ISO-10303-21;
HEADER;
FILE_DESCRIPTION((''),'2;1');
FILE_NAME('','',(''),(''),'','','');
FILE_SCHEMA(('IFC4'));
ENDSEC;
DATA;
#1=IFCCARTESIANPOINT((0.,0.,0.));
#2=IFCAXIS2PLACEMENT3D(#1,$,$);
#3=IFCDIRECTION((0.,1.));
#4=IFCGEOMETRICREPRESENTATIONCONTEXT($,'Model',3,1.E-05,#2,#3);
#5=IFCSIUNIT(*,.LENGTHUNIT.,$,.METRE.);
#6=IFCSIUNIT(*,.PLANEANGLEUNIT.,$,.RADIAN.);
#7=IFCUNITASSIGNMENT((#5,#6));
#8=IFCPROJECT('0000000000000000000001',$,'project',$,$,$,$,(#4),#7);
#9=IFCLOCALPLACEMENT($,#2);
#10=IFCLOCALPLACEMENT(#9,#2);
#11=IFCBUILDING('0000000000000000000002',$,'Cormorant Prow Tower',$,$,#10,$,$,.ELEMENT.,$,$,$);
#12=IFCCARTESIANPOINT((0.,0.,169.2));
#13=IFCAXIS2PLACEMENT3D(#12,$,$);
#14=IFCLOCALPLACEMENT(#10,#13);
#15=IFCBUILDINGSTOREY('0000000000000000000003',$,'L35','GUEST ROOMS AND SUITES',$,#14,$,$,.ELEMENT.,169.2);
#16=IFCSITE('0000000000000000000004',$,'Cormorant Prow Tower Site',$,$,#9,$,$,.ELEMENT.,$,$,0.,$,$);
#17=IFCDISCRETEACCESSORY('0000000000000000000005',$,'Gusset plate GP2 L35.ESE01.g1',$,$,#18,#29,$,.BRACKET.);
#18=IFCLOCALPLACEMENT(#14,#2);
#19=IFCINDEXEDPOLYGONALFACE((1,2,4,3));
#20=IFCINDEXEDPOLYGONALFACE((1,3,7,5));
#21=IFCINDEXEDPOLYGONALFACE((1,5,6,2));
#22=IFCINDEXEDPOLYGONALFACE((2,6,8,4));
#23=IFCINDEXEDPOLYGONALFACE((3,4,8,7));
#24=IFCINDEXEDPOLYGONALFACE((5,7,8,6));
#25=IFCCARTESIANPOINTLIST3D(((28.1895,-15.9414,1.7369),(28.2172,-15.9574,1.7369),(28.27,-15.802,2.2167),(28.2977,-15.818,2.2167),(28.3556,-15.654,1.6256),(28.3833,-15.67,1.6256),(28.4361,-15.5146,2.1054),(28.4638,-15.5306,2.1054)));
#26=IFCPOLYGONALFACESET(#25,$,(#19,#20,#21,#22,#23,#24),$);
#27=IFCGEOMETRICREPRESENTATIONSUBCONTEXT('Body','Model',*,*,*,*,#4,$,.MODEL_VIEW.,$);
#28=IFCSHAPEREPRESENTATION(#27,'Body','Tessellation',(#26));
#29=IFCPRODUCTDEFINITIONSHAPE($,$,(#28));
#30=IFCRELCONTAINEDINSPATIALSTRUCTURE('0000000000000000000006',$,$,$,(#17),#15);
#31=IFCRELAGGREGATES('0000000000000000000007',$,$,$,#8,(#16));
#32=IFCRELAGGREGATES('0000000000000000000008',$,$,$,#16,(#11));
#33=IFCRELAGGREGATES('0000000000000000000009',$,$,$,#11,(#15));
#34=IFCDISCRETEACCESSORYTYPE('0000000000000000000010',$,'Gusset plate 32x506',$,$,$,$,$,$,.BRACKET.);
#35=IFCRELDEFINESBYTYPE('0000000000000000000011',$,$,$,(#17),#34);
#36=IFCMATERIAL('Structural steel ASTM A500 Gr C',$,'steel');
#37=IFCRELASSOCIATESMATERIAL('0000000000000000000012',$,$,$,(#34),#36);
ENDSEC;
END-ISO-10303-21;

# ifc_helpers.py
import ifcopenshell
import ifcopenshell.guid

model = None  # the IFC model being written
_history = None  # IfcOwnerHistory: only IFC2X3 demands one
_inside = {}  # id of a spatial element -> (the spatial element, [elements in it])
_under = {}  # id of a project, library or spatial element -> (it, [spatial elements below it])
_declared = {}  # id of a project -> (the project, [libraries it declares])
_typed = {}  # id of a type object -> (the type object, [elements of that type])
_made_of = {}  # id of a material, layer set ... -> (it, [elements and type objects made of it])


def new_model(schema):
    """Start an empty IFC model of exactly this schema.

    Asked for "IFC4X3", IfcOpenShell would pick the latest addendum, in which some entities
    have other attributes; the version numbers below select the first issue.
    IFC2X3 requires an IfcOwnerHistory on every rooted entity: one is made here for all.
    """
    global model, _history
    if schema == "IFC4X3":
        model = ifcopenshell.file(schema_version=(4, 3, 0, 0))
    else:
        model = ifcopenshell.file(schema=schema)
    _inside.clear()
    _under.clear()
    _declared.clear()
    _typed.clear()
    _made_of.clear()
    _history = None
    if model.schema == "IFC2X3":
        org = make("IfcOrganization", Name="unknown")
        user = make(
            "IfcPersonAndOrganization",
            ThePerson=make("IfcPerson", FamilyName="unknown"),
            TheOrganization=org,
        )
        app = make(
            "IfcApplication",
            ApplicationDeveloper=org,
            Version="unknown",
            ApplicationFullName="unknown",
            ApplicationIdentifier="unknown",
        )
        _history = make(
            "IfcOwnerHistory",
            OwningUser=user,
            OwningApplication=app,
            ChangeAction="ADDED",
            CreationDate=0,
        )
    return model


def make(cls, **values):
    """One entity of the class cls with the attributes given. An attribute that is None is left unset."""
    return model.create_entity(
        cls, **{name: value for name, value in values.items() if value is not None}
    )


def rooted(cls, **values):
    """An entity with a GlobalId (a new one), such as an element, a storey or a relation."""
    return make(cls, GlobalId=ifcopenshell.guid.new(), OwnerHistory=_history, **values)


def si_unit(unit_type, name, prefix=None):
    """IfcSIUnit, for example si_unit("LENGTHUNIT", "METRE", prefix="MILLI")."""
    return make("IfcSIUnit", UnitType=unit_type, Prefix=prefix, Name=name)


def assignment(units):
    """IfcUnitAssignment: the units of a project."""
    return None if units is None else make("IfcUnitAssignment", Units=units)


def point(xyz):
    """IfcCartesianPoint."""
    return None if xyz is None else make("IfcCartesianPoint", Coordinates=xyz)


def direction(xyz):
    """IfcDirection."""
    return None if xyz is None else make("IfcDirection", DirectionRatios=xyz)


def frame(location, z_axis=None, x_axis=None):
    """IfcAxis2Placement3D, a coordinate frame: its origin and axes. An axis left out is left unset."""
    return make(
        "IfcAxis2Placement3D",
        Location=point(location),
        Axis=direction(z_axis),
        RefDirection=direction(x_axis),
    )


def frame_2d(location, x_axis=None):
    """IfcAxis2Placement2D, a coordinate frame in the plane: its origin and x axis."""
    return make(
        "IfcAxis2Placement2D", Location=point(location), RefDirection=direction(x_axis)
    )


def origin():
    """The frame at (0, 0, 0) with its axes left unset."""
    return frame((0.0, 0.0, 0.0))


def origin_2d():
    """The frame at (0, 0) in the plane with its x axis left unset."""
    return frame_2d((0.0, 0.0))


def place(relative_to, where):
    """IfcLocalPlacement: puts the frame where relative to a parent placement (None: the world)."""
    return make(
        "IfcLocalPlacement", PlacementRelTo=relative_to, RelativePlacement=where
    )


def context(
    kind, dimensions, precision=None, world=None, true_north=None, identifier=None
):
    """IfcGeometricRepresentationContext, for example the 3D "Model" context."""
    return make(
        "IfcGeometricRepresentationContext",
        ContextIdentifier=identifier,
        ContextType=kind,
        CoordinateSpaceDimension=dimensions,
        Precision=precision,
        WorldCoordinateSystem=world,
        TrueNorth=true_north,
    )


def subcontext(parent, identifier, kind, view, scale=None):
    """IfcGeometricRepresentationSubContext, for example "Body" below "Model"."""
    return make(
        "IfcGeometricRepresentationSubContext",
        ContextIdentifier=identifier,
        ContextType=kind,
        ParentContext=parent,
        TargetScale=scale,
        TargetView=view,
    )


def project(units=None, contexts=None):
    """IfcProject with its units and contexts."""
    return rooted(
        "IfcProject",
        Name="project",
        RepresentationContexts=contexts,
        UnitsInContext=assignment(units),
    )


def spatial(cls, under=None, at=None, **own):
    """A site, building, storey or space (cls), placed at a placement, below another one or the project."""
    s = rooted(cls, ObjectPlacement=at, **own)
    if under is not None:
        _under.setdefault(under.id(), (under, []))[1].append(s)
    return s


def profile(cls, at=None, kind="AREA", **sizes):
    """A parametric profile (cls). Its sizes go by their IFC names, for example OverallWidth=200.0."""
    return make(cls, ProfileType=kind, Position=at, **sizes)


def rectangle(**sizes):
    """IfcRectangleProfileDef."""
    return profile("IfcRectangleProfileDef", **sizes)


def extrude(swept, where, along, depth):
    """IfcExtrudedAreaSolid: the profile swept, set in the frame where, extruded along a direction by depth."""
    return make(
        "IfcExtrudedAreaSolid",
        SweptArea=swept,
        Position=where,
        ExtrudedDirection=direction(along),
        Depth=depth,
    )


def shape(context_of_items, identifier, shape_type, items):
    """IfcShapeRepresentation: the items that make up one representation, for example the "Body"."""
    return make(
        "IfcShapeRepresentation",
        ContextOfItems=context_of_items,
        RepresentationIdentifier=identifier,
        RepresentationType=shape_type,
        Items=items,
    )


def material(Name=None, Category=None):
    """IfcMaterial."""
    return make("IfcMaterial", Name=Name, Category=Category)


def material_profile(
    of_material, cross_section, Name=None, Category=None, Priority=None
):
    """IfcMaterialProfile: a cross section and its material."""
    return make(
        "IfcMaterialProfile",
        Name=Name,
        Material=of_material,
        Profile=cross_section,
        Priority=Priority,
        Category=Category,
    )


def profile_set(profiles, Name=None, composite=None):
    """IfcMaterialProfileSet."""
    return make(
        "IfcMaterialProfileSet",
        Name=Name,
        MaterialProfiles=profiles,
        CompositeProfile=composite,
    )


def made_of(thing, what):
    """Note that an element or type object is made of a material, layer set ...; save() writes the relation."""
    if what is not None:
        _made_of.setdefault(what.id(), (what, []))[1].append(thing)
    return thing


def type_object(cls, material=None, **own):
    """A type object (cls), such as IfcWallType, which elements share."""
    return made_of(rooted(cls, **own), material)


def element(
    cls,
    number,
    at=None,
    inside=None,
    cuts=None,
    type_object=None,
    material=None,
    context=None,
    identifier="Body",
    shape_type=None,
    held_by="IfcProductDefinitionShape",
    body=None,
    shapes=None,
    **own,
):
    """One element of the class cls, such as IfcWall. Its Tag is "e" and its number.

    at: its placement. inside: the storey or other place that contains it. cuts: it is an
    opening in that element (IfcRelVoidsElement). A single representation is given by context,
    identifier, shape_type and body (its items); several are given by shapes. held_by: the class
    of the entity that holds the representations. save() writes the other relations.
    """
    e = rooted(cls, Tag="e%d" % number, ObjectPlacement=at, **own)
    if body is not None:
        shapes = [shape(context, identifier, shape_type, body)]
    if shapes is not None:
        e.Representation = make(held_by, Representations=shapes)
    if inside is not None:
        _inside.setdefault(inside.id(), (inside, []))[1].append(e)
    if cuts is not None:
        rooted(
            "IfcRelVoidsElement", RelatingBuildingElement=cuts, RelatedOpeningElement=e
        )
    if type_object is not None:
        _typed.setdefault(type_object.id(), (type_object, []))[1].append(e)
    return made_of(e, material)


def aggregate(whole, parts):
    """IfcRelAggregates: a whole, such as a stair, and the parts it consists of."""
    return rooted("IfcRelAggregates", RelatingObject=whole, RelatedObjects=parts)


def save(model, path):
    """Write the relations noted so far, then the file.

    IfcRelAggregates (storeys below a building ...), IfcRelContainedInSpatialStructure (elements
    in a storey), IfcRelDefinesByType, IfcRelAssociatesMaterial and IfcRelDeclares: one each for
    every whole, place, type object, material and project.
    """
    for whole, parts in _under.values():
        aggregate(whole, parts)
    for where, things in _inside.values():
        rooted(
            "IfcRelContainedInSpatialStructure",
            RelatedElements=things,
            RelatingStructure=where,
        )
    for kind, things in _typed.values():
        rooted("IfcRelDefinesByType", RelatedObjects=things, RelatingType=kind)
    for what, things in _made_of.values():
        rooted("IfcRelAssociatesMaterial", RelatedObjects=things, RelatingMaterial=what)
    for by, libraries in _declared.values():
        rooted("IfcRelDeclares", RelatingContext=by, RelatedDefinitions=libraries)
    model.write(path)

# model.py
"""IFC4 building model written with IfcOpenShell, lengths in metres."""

from ifc_helpers import new_model, si_unit, direction, frame, origin, origin_2d, place, context, subcontext, project, spatial, rectangle, extrude, material, material_profile, profile_set, type_object, element, save


model = new_model("IFC4")

# Units and contexts
model_context = context("Model", 3, precision=1e-05, world=origin(), true_north=direction((0.0, 1.0)))
body_context = subcontext(model_context, "Body", "Model", "MODEL_VIEW")
ifc_project = project(units=[si_unit("LENGTHUNIT", "METRE"), si_unit("PLANEANGLEUNIT", "RADIAN")], contexts=[model_context])

# Site, building, storey
site_placement = place(None, origin())
site = spatial("IfcSite", under=ifc_project, at=site_placement, Name="Cormorant Prow Tower Site", CompositionType="ELEMENT", RefElevation=0.0)
building_placement = place(site_placement, origin())
building = spatial("IfcBuilding", under=site, at=building_placement, Name="Cormorant Prow Tower", CompositionType="ELEMENT")
storey_placement = place(building_placement, frame((0.0, 0.0, 169.2)))
storey = spatial("IfcBuildingStorey", under=building, at=storey_placement, Name="L35", Description="GUEST ROOMS AND SUITES", CompositionType="ELEMENT", Elevation=169.2)

# Discrete accessory
ifc_material_1 = material(Name="Structural steel ASTM A500 Gr C", Category="steel")
ifc_material_profile_1 = material_profile(ifc_material_1, rectangle(XDim=0.032, YDim=0.5061, at=origin_2d()), Name="Gusset plate 32x506")
ifc_profile_set_1 = profile_set([ifc_material_profile_1], Name="Structural steel ASTM A500 Gr C")
discrete_accessory_type = type_object("IfcDiscreteAccessoryType", Name="Gusset plate 32x506", PredefinedType="BRACKET", material=ifc_profile_set_1)
for number, where, z_axis, x_axis, name in (
    (1, (28.4097, -15.5923, 1.8655), (-0.474278, -0.820919, 0.318045), (0.865879, -0.500253, 0.0), "Gusset plate GP2 L35.ESE01.g1"),
):
    element("IfcDiscreteAccessory", number, at=place(storey_placement, frame(where, z_axis=z_axis, x_axis=x_axis)), inside=storey, type_object=discrete_accessory_type, Name=name, PredefinedType="BRACKET", context=body_context, shape_type="SweptSolid", body=[
        extrude(rectangle(XDim=0.032, YDim=0.5061, at=origin_2d()), origin(), (0.0, 0.0, 1.0), 0.3501),
    ])

save(model, "model.ifc")
